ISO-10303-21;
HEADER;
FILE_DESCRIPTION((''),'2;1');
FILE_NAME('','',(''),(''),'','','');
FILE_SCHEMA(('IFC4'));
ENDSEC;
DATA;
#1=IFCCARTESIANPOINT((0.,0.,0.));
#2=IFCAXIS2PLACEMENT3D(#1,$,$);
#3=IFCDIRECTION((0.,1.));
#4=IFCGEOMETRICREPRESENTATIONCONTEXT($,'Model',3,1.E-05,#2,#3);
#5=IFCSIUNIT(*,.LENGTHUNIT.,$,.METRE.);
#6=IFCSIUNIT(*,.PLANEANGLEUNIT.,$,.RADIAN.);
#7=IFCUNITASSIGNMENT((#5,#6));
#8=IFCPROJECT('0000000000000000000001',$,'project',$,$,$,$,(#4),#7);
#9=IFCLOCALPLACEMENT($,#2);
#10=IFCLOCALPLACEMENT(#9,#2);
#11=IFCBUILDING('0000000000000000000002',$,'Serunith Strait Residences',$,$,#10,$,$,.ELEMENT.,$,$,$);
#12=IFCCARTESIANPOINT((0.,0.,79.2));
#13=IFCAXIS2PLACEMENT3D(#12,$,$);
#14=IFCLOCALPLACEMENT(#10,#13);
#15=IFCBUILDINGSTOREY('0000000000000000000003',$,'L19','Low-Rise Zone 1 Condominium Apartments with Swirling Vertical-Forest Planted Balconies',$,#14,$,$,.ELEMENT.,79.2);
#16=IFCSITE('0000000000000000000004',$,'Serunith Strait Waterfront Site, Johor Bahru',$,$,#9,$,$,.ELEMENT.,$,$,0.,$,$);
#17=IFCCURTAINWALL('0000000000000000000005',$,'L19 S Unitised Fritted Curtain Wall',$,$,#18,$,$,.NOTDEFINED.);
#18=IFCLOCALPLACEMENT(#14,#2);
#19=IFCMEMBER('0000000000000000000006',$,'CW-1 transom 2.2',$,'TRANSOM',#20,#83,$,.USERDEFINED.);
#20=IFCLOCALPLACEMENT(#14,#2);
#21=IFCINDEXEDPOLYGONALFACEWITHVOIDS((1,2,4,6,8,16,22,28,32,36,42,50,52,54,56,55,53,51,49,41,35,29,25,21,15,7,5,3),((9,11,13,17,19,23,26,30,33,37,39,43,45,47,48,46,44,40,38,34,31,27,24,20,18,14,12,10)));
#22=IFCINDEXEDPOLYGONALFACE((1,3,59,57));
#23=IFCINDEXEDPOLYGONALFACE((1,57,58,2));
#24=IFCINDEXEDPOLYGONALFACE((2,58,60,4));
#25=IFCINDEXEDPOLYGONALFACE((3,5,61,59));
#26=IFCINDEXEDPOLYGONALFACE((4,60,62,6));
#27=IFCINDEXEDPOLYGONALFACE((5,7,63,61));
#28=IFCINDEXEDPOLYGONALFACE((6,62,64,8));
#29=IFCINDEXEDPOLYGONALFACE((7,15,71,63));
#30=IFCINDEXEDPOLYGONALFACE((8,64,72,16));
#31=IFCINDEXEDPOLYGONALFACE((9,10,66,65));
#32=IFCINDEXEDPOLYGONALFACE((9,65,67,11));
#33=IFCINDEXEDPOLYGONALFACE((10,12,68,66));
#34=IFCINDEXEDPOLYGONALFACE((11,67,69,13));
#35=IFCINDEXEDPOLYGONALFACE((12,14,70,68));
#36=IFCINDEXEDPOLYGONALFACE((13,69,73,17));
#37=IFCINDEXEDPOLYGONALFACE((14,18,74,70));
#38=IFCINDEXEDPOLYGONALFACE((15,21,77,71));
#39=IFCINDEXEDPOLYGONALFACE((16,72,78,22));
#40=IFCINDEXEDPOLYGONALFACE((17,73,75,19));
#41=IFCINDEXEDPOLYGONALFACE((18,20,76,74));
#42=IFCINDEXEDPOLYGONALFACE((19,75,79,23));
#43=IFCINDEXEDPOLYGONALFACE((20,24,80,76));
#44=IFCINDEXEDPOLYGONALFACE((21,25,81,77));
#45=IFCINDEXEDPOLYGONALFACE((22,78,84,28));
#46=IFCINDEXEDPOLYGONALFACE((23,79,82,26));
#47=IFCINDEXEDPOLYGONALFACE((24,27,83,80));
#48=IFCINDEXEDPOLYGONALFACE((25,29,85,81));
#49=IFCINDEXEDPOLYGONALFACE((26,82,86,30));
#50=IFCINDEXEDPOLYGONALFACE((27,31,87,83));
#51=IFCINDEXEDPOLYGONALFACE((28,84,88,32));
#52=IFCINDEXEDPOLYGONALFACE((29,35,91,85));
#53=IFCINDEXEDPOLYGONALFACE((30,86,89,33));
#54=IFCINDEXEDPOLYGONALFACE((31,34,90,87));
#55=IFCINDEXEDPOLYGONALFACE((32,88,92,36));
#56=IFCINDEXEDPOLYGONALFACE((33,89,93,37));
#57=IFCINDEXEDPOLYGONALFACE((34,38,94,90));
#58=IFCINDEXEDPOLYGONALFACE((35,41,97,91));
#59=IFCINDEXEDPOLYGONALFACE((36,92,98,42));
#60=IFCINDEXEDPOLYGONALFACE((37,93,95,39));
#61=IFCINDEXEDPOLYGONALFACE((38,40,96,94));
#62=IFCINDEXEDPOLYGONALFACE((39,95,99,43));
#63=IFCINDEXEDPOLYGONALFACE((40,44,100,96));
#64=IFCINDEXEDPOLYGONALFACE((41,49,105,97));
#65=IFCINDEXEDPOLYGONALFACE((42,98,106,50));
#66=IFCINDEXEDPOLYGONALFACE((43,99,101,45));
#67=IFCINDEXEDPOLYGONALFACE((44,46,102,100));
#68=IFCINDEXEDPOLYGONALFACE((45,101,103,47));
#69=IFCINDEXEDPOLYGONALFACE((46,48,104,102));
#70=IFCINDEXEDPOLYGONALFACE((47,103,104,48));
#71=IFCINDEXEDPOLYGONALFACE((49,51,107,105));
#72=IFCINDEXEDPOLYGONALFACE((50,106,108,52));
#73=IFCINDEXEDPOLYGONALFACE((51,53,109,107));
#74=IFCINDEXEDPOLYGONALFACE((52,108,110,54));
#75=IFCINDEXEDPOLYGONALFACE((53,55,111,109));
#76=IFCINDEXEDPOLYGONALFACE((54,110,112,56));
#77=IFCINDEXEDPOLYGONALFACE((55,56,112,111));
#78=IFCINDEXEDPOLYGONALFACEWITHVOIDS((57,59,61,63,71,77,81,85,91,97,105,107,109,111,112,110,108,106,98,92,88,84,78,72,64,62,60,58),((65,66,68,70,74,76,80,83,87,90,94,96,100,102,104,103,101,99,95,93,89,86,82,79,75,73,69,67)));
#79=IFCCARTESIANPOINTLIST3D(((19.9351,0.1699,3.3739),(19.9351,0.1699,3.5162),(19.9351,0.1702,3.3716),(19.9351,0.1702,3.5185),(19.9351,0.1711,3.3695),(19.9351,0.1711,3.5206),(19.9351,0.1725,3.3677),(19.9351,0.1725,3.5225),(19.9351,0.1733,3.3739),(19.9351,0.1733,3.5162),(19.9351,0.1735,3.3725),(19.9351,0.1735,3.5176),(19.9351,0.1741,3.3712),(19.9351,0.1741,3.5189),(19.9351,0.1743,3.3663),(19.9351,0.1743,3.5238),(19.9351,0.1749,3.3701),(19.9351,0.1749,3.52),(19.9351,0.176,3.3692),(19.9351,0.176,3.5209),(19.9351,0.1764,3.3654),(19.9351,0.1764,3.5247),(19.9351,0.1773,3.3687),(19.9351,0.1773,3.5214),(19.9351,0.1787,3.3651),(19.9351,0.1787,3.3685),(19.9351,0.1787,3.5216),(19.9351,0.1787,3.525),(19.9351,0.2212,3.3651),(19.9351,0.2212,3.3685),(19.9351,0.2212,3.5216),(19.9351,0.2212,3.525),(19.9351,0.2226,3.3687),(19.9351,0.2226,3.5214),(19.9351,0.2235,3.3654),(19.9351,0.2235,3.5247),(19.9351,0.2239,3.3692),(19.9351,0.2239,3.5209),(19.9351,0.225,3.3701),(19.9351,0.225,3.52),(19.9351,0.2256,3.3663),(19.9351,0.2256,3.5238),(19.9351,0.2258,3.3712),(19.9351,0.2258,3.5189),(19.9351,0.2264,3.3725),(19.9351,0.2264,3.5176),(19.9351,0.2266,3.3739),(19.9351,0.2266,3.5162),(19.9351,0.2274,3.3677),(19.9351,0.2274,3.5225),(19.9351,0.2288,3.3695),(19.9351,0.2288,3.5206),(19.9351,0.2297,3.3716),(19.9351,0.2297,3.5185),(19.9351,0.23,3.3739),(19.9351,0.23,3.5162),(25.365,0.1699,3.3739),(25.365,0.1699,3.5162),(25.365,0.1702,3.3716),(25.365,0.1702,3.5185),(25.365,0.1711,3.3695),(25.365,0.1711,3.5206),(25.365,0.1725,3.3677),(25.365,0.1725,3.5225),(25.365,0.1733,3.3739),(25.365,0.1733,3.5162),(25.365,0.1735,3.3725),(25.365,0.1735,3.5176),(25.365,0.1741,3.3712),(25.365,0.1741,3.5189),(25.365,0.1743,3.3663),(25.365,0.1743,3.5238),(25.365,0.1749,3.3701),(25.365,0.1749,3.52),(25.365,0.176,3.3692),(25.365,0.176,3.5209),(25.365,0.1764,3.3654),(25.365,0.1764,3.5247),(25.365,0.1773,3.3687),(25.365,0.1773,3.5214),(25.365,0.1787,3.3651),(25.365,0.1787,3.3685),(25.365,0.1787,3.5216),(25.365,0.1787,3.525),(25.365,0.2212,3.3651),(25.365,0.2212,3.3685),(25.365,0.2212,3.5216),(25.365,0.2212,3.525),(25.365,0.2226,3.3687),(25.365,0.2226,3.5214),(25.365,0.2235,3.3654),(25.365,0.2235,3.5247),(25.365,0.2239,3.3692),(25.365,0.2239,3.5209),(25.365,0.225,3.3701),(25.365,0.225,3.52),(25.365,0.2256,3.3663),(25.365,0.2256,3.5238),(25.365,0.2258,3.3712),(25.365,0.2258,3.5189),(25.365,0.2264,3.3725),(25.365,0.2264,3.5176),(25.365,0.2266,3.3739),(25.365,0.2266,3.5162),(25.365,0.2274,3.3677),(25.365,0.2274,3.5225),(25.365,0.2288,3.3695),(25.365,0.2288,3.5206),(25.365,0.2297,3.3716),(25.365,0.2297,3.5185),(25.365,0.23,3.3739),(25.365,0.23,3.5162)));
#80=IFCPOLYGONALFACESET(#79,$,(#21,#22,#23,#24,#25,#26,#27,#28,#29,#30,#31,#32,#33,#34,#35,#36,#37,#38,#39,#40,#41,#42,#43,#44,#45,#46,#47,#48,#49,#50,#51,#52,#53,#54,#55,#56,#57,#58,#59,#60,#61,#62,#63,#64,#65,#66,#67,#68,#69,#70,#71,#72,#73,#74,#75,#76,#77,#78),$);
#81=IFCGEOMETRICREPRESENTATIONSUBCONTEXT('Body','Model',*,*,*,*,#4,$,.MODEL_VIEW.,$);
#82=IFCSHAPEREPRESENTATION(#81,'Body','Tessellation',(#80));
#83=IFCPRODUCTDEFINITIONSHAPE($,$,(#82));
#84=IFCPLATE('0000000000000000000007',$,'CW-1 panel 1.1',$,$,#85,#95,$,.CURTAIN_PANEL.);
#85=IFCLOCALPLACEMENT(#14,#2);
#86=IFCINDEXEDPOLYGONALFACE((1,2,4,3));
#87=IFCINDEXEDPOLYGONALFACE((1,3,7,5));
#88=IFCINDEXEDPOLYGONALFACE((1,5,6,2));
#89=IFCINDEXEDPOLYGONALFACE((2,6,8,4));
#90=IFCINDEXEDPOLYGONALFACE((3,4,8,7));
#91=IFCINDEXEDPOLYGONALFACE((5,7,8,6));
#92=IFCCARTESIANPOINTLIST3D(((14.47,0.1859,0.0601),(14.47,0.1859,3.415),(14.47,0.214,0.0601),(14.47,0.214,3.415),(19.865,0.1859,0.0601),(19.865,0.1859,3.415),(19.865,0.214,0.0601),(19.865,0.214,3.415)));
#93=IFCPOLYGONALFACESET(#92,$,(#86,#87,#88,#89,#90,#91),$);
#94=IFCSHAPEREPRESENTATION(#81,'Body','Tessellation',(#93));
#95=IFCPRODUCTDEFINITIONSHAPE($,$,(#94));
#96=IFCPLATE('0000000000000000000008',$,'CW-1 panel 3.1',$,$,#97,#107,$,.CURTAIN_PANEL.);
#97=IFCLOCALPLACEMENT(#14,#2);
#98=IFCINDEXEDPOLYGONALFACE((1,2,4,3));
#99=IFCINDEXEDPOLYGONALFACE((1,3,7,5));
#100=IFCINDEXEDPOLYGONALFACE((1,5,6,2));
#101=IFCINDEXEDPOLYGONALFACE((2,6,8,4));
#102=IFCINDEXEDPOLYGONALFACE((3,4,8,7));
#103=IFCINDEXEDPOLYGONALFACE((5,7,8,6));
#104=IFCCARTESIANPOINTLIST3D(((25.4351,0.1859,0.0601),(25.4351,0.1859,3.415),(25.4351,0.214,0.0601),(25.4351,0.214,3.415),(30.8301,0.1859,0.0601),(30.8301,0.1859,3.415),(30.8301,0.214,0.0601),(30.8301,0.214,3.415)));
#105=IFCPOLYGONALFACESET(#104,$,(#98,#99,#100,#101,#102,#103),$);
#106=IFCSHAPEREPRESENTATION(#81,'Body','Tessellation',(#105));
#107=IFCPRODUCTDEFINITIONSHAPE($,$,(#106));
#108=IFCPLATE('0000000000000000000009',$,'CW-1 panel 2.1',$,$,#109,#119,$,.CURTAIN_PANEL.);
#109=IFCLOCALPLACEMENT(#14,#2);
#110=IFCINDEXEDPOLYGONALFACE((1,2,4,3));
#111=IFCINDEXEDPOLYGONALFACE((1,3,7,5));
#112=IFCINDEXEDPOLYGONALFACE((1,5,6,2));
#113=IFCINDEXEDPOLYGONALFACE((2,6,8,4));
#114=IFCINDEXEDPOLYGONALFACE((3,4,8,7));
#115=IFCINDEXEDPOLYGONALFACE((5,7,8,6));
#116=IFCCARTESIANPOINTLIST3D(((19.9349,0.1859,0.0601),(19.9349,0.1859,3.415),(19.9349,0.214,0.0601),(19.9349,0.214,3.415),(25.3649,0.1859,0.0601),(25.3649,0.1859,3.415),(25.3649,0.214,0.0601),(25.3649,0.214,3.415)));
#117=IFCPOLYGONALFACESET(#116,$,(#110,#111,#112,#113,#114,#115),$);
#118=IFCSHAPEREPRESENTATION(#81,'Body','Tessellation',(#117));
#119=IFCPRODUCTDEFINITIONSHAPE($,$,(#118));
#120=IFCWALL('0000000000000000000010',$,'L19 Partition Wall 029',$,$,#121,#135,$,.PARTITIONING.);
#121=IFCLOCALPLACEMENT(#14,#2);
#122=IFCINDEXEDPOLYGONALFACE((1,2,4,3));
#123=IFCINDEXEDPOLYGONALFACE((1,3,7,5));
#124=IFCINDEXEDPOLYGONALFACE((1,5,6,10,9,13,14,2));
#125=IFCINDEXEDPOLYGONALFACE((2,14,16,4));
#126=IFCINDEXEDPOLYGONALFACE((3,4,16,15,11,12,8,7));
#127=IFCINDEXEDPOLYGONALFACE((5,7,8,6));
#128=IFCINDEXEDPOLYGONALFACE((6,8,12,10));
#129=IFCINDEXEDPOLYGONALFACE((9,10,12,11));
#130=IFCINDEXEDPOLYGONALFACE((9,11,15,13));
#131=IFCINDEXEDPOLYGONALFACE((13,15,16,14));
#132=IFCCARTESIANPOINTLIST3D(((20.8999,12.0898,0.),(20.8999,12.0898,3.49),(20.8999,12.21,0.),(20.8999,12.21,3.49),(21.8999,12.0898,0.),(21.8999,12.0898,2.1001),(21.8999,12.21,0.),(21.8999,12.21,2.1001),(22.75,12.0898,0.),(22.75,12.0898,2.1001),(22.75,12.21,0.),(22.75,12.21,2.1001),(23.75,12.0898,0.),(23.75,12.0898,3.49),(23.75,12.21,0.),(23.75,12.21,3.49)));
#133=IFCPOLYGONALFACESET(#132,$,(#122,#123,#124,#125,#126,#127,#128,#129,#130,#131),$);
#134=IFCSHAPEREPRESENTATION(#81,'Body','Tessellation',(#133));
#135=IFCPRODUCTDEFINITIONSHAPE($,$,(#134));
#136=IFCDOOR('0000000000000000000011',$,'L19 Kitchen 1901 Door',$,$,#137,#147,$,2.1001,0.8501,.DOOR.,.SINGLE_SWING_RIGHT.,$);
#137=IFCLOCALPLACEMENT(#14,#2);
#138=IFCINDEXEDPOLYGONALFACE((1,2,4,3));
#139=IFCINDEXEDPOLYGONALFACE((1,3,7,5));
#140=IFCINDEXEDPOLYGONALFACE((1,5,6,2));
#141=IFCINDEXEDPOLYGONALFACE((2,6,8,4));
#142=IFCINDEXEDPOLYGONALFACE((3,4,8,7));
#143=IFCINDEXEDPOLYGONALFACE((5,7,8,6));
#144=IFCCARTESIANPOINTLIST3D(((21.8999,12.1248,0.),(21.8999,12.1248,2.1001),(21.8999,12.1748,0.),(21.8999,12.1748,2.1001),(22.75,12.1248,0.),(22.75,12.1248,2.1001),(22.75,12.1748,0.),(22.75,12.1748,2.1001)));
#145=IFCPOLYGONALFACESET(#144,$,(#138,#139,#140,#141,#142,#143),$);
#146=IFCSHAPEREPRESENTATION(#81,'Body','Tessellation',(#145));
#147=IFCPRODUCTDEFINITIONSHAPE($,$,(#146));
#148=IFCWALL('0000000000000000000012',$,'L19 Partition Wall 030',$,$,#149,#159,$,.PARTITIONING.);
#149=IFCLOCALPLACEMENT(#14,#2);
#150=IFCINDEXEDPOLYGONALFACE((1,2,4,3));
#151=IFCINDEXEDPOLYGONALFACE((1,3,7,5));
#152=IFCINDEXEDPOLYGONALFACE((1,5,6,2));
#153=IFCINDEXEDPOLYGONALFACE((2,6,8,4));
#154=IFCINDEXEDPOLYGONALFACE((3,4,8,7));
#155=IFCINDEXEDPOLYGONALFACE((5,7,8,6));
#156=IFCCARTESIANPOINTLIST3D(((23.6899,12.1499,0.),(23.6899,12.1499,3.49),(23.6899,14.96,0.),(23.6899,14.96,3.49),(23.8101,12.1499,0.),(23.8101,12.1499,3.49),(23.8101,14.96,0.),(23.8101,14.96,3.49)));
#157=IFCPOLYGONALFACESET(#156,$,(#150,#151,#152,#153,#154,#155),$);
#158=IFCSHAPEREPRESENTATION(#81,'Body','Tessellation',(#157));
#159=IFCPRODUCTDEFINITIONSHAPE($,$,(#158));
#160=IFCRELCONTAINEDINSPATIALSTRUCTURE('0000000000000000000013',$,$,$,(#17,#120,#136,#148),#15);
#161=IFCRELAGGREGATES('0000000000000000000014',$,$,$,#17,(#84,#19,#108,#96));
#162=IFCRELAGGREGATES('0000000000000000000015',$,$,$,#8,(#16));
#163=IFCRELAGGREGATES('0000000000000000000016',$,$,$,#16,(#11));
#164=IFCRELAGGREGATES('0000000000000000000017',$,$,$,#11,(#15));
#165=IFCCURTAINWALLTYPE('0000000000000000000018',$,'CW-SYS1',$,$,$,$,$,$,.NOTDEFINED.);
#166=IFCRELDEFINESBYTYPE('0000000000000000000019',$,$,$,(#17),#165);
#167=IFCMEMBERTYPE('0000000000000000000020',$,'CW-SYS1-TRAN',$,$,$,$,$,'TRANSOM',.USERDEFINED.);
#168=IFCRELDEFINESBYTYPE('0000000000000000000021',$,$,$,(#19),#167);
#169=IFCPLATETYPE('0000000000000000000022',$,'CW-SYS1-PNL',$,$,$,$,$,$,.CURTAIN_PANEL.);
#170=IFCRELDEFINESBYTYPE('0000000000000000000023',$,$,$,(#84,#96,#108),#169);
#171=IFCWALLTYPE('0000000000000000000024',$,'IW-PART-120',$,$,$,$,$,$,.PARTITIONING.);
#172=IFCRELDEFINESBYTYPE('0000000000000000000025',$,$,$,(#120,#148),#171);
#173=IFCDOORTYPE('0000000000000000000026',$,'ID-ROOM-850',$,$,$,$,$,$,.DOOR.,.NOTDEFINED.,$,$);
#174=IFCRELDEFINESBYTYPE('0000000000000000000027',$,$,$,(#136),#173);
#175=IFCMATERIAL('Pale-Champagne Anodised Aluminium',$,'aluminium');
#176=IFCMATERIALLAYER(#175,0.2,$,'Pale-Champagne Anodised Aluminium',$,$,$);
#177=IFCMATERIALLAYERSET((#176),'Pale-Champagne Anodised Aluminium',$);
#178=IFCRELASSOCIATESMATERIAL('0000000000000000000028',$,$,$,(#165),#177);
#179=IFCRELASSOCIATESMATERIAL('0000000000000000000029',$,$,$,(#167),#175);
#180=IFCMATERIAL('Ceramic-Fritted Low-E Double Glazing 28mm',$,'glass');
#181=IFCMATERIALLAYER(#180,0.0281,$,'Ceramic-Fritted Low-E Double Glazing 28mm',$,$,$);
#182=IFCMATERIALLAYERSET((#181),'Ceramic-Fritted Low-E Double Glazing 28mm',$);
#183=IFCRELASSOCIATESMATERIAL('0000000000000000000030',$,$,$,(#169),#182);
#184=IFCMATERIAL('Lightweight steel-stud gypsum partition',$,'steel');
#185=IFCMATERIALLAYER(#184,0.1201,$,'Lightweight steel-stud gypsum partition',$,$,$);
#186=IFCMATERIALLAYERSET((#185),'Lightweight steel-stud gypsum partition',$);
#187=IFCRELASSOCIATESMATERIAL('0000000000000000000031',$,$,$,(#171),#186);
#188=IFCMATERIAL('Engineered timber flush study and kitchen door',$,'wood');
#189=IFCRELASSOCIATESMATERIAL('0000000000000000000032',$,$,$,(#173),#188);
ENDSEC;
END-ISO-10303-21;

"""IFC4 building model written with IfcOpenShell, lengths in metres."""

from ifc_helpers import new_model, si_unit, direction, frame, frame_2d, origin, origin_2d, place, context, subcontext, project, spatial, rectangle, hollow_rectangle, extrude, source, transform, mapped, material, layer, layer_set, material_profile, profile_set, type_object, element, fill, aggregate, save


model = new_model("IFC4")

# Units and contexts
model_context = context("Model", 3, precision=1e-05, world=origin(), true_north=direction((0.0, 1.0)))
body_context = subcontext(model_context, "Body", "Model", "MODEL_VIEW")
ifc_project = project(units=[si_unit("LENGTHUNIT", "METRE"), si_unit("PLANEANGLEUNIT", "RADIAN")], contexts=[model_context])

# Site, building, storey
site_placement = place(None, origin())
site = spatial("IfcSite", under=ifc_project, at=site_placement, Name="Serunith Strait Waterfront Site, Johor Bahru", CompositionType="ELEMENT", RefElevation=0.0)
building_placement = place(site_placement, origin())
building = spatial("IfcBuilding", under=site, at=building_placement, Name="Serunith Strait Residences", CompositionType="ELEMENT")
storey_placement = place(building_placement, frame((0.0, 0.0, 79.2)))
storey = spatial("IfcBuildingStorey", under=building, at=storey_placement, Name="L19", Description="Low-Rise Zone 1 Condominium Apartments with Swirling Vertical-Forest Planted Balconies", CompositionType="ELEMENT", Elevation=79.2)

# Curtain wall, member, plates
ifc_material_1 = material(Name="Pale-Champagne Anodised Aluminium", Category="aluminium")
ifc_layer_1 = layer(ifc_material_1, 0.2, Name="Pale-Champagne Anodised Aluminium")
ifc_layer_set_1 = layer_set([ifc_layer_1], Name="Pale-Champagne Anodised Aluminium")
curtain_wall_type = type_object("IfcCurtainWallType", Name="CW-SYS1", PredefinedType="NOTDEFINED", material=ifc_layer_set_1)
curtain_wall_placement = place(storey_placement, origin())
curtain_wall = element("IfcCurtainWall", 1, at=curtain_wall_placement, inside=storey, type_object=curtain_wall_type, Name="L19 S Unitised Fritted Curtain Wall", PredefinedType="NOTDEFINED")
ifc_material_profile_1 = material_profile(ifc_material_1, hollow_rectangle(XDim=0.0601, YDim=0.1599, WallThickness=0.0034, InnerFilletRadius=0.0054, OuterFilletRadius=0.0088, at=origin_2d()), Name="ALU 160x60x3.5")
ifc_profile_set_1 = profile_set([ifc_material_profile_1], Name="Pale-Champagne Anodised Aluminium")
member_type_1 = type_object("IfcMemberType", Name="CW-SYS1-TRAN", ElementType="TRANSOM", PredefinedType="USERDEFINED", material=ifc_profile_set_1)
shared_shape_1 = source(origin(), body_context, "Body", "SweptSolid", [
    extrude(hollow_rectangle(XDim=0.0601, YDim=0.1599, WallThickness=0.0034, InnerFilletRadius=0.0054, OuterFilletRadius=0.0088, at=origin_2d()), origin(), (0.0, 0.0, 1.0), 5.4299),
])
member_1_placement = place(storey_placement, frame((19.9351, 0.2, 3.4451), z_axis=(1.0, 0.0, 0.0), x_axis=(0.0, 1.0, 0.0)))
member_1 = element("IfcMember", 2, at=member_1_placement, type_object=member_type_1, Name="CW-1 transom 2.2", ObjectType="TRANSOM", PredefinedType="USERDEFINED", context=body_context, shape_type="MappedRepresentation", body=[
    mapped(shared_shape_1, transform((0.0, 0.0, 0.0), scale=1.0)),
])
ifc_material_2 = material(Name="Ceramic-Fritted Low-E Double Glazing 28mm", Category="glass")
ifc_layer_2 = layer(ifc_material_2, 0.0281, Name="Ceramic-Fritted Low-E Double Glazing 28mm")
ifc_layer_set_2 = layer_set([ifc_layer_2], Name="Ceramic-Fritted Low-E Double Glazing 28mm")
plate_type = type_object("IfcPlateType", Name="CW-SYS1-PNL", PredefinedType="CURTAIN_PANEL", material=ifc_layer_set_2)
shared_shape_2 = source(origin(), body_context, "Body", "SweptSolid", [
    extrude(rectangle(XDim=5.395, YDim=0.0281, at=origin_2d()), origin(), (0.0, 0.0, 1.0), 3.355),
])
plate_1_placement = place(storey_placement, frame((17.1675, 0.2, 0.0601), z_axis=(0.0, 0.0, 1.0), x_axis=(1.0, 0.0, 0.0)))
plate_1 = element("IfcPlate", 3, at=plate_1_placement, type_object=plate_type, Name="CW-1 panel 1.1", PredefinedType="CURTAIN_PANEL", context=body_context, shape_type="MappedRepresentation", body=[
    mapped(shared_shape_2, transform((0.0, 0.0, 0.0), scale=1.0)),
])
plate_2_placement = place(storey_placement, frame((28.1326, 0.2, 0.0601), z_axis=(0.0, 0.0, 1.0), x_axis=(1.0, 0.0, 0.0)))
plate_2 = element("IfcPlate", 4, at=plate_2_placement, type_object=plate_type, Name="CW-1 panel 3.1", PredefinedType="CURTAIN_PANEL", context=body_context, shape_type="MappedRepresentation", body=[
    mapped(shared_shape_2, transform((0.0, 0.0, 0.0), scale=1.0)),
])
shared_shape_3 = source(origin(), body_context, "Body", "SweptSolid", [
    extrude(rectangle(XDim=5.4299, YDim=0.0281, at=origin_2d()), origin(), (0.0, 0.0, 1.0), 3.355),
])
plate_3_placement = place(storey_placement, frame((22.6499, 0.2, 0.0601), z_axis=(0.0, 0.0, 1.0), x_axis=(1.0, 0.0, 0.0)))
plate_3 = element("IfcPlate", 5, at=plate_3_placement, type_object=plate_type, Name="CW-1 panel 2.1", PredefinedType="CURTAIN_PANEL", context=body_context, shape_type="MappedRepresentation", body=[
    mapped(shared_shape_3, transform((0.0, 0.0, 0.0), scale=1.0)),
])
aggregate(curtain_wall, [plate_1, member_1, plate_3, plate_2])

# Wall, opening, door
ifc_material_3 = material(Name="Lightweight steel-stud gypsum partition", Category="steel")
ifc_layer_3 = layer(ifc_material_3, 0.1201, Name="Lightweight steel-stud gypsum partition")
ifc_layer_set_3 = layer_set([ifc_layer_3], Name="Lightweight steel-stud gypsum partition")
wall_type_1 = type_object("IfcWallType", Name="IW-PART-120", PredefinedType="PARTITIONING", material=ifc_layer_set_3)
wall_1_placement = place(storey_placement, frame((20.8999, 12.1499, 0.0), z_axis=(0.0, 0.0, 1.0), x_axis=(1.0, 0.0, 0.0)))
wall_1 = element("IfcWall", 6, at=wall_1_placement, inside=storey, type_object=wall_type_1, Name="L19 Partition Wall 029", PredefinedType="PARTITIONING", context=body_context, shape_type="SweptSolid", body=[
    extrude(rectangle(XDim=2.8501, YDim=0.1201, at=frame_2d((1.425, 0.0))), origin(), (0.0, 0.0, 1.0), 3.49),
])
opening_1_placement = place(wall_1_placement, frame((1.0, 0.0, 0.0)))
opening_1 = element("IfcOpeningElement", 7, at=opening_1_placement, cuts=wall_1, PredefinedType="OPENING", context=body_context, shape_type="SweptSolid", body=[
    extrude(rectangle(XDim=0.8501, YDim=2.1001, at=frame_2d((0.425, 1.05))), frame((0.0, 0.0701, 0.0), z_axis=(0.0, -1.0, 0.0), x_axis=(1.0, 0.0, 0.0)), (0.0, 0.0, 1.0), 0.1401),
])
ifc_material_4 = material(Name="Engineered timber flush study and kitchen door", Category="wood")
door_type_1 = type_object("IfcDoorType", Name="ID-ROOM-850", OperationType="NOTDEFINED", PredefinedType="DOOR", material=ifc_material_4)
shared_shape_4 = source(origin(), body_context, "Body", "SweptSolid", [
    extrude(rectangle(XDim=0.8501, YDim=2.1001, at=frame_2d((0.425, 1.05))), frame((0.0, 0.0249, 0.0), z_axis=(0.0, -1.0, 0.0), x_axis=(1.0, 0.0, 0.0)), (0.0, 0.0, 1.0), 0.05),
])
door_1_placement = place(opening_1_placement, origin())
door_1 = element("IfcDoor", 8, at=door_1_placement, inside=storey, type_object=door_type_1, Name="L19 Kitchen 1901 Door", OperationType="SINGLE_SWING_RIGHT", OverallHeight=2.1001, OverallWidth=0.8501, PredefinedType="DOOR", context=body_context, shape_type="MappedRepresentation", body=[
    mapped(shared_shape_4, transform((0.0, 0.0, 0.0), scale=1.0)),
])
fill(opening_1, door_1)

# Wall
wall_2_placement = place(storey_placement, frame((23.75, 12.1499, 0.0), z_axis=(0.0, 0.0, 1.0), x_axis=(0.0, 1.0, 0.0)))
element("IfcWall", 9, at=wall_2_placement, inside=storey, type_object=wall_type_1, Name="L19 Partition Wall 030", PredefinedType="PARTITIONING", context=body_context, shape_type="SweptSolid", body=[
    extrude(rectangle(XDim=2.8101, YDim=0.1201, at=frame_2d((1.405, 0.0))), origin(), (0.0, 0.0, 1.0), 3.49),
])

save(model, "model.ifc")
